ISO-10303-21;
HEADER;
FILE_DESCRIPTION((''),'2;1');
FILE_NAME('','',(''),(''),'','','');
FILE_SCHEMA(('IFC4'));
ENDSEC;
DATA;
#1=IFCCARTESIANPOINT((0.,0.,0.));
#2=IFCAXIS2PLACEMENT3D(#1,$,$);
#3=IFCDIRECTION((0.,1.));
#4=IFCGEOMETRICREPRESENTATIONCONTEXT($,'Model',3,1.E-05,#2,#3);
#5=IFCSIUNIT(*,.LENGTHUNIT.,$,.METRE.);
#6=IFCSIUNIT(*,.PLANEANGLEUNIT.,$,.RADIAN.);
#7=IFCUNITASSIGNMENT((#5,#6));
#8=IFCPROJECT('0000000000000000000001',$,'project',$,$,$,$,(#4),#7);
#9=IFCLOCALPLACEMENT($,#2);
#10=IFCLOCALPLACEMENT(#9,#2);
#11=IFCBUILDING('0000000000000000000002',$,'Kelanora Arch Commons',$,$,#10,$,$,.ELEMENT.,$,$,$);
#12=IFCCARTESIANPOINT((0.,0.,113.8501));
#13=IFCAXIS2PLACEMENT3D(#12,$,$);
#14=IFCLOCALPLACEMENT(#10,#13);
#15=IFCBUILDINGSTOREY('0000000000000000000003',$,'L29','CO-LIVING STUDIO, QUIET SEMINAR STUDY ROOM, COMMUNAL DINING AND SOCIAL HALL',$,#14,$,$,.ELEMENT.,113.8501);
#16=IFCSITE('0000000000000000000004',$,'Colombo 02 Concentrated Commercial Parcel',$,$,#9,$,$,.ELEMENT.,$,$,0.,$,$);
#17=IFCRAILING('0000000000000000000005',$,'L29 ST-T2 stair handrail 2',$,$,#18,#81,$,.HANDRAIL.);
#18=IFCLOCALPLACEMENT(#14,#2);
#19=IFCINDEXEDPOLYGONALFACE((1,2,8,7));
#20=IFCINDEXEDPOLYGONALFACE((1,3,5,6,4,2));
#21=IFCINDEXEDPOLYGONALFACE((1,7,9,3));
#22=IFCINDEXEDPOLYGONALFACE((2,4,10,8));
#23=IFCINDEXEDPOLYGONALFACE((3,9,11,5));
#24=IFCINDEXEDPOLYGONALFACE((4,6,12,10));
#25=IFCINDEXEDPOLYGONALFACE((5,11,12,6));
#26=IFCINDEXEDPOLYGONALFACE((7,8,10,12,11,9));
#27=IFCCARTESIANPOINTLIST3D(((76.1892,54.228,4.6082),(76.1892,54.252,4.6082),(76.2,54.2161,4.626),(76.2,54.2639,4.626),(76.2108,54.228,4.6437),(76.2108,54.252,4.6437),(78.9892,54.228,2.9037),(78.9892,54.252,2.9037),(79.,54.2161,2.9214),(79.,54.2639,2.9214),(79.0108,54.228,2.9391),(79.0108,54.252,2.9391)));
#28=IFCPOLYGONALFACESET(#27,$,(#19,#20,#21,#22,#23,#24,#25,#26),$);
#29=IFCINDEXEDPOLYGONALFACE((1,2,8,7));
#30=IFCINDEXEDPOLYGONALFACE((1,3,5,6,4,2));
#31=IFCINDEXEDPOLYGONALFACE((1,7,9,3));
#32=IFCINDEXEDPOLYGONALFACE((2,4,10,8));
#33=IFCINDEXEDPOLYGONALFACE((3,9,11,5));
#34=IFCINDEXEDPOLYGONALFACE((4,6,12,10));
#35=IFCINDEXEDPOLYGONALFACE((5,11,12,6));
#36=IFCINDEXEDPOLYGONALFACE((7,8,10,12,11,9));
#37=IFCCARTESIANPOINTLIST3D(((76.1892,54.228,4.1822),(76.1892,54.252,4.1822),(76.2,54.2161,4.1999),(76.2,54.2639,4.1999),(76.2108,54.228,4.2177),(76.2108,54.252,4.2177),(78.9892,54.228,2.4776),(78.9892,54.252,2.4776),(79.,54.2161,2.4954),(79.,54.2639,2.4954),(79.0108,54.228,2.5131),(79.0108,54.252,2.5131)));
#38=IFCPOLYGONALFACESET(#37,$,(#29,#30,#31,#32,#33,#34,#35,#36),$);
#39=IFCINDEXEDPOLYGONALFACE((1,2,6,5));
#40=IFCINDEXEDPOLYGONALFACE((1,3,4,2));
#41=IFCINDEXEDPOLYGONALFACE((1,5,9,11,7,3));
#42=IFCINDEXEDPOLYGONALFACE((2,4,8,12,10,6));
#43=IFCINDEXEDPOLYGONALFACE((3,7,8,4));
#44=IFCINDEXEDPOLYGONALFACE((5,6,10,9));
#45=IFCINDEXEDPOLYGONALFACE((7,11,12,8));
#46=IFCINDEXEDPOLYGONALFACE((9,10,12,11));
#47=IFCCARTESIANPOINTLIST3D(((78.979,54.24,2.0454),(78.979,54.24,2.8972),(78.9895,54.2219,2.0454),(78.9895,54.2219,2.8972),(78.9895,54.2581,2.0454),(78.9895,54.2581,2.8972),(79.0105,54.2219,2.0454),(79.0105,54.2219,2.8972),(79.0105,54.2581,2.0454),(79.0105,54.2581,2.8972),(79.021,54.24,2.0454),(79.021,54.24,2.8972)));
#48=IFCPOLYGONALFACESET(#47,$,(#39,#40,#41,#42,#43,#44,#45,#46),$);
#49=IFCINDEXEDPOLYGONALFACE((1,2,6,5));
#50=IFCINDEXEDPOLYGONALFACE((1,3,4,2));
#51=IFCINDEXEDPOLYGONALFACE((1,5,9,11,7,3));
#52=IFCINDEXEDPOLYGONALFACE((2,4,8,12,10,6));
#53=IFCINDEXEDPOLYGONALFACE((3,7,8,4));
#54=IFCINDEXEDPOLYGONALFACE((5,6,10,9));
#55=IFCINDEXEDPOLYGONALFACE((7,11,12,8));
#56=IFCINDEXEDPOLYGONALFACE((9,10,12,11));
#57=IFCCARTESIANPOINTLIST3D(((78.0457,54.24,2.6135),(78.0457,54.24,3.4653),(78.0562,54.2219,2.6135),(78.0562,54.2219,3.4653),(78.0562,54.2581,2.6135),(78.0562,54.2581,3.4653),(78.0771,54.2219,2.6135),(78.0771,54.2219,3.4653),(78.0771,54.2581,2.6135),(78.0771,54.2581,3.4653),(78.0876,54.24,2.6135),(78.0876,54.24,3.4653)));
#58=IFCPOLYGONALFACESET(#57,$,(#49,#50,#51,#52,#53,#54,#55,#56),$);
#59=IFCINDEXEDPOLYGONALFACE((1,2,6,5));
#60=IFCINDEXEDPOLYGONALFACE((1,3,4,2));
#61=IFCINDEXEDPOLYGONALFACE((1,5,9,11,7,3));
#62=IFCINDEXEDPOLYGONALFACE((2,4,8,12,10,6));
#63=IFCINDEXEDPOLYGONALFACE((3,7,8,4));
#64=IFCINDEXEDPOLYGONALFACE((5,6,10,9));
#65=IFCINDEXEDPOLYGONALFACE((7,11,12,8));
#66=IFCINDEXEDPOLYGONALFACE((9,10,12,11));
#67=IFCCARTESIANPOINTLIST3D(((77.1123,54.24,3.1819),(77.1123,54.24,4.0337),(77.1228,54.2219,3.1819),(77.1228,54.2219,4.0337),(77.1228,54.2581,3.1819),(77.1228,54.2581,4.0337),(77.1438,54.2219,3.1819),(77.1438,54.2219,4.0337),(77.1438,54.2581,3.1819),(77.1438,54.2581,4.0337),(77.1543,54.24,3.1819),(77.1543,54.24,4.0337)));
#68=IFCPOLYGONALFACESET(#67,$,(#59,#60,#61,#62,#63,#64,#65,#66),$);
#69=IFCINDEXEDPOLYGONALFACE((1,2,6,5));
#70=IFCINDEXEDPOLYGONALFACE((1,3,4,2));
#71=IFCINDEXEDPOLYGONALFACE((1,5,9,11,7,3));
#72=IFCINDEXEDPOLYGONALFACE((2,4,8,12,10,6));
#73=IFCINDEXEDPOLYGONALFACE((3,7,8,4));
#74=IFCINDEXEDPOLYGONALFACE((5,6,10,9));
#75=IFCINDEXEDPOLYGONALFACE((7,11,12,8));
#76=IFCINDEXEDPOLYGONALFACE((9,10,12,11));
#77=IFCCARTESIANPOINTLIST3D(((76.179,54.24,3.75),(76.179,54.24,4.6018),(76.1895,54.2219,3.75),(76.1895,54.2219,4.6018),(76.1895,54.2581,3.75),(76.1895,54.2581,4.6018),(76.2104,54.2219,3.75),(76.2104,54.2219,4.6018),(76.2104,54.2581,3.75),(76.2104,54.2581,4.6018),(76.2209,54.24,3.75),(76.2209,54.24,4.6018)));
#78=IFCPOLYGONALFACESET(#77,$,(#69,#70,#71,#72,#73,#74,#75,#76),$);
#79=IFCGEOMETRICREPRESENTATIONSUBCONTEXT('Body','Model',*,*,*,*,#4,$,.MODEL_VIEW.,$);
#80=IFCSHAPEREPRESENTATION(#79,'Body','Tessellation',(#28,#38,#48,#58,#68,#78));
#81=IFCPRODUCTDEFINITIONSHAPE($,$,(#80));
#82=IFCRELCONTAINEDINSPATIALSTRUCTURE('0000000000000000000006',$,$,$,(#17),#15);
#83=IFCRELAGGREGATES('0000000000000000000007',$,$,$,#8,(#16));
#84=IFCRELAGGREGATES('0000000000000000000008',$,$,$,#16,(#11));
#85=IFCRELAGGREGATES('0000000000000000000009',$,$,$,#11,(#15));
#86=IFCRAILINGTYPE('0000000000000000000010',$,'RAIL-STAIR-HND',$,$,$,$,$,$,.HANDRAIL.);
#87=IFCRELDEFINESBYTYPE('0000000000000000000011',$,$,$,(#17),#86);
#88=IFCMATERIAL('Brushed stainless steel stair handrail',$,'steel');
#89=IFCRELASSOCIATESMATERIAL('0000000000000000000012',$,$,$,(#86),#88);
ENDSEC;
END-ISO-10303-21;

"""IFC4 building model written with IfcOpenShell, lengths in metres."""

from ifc_helpers import new_model, si_unit, direction, frame, origin, place, context, subcontext, project, spatial, polyline, outline, extrude, material, type_object, element, save


model = new_model("IFC4")

# Units and contexts
model_context = context("Model", 3, precision=1e-05, world=origin(), true_north=direction((0.0, 1.0)))
body_context = subcontext(model_context, "Body", "Model", "MODEL_VIEW")
ifc_project = project(units=[si_unit("LENGTHUNIT", "METRE"), si_unit("PLANEANGLEUNIT", "RADIAN")], contexts=[model_context])

# Site, building, storey
site_placement = place(None, origin())
site = spatial("IfcSite", under=ifc_project, at=site_placement, Name="Colombo 02 Concentrated Commercial Parcel", CompositionType="ELEMENT", RefElevation=0.0)
building_placement = place(site_placement, origin())
building = spatial("IfcBuilding", under=site, at=building_placement, Name="Kelanora Arch Commons", CompositionType="ELEMENT")
storey_placement = place(building_placement, frame((0.0, 0.0, 113.8501)))
storey = spatial("IfcBuildingStorey", under=building, at=storey_placement, Name="L29", Description="CO-LIVING STUDIO, QUIET SEMINAR STUDY ROOM, COMMUNAL DINING AND SOCIAL HALL", CompositionType="ELEMENT", Elevation=113.8501)

# Railing
ifc_material_1 = material(Name="Brushed stainless steel stair handrail", Category="steel")
railing_type_1 = type_object("IfcRailingType", Name="RAIL-STAIR-HND", PredefinedType="HANDRAIL", material=ifc_material_1)
railing_1_placement = place(storey_placement, frame((79.0, 54.24, 2.0454)))
element("IfcRailing", 1, at=railing_1_placement, inside=storey, type_object=railing_type_1, Name="L29 ST-T2 stair handrail 2", PredefinedType="HANDRAIL", context=body_context, shape_type="SweptSolid", body=[
    extrude(outline(polyline([(0.0239, 0.0), (0.012, 0.0208), (-0.012, 0.0208), (-0.0239, 0.0), (-0.012, -0.0208), (0.012, -0.0208), (0.0239, 0.0)])), frame((0.0, 0.0, 0.876), z_axis=(-0.85417, 0.0, 0.519994), x_axis=(0.0, -1.0, 0.0)), (0.0, 0.0, 1.0), 3.2781),
    extrude(outline(polyline([(0.0239, 0.0), (0.012, 0.0208), (-0.012, 0.0208), (-0.0239, 0.0), (-0.012, -0.0208), (0.012, -0.0208), (0.0239, 0.0)])), frame((0.0, 0.0, 0.45), z_axis=(-0.85417, 0.0, 0.519994), x_axis=(0.0, -1.0, 0.0)), (0.0, 0.0, 1.0), 3.2781),
    extrude(outline(polyline([(0.021, 0.0), (0.0105, 0.0181), (-0.0105, 0.0181), (-0.021, 0.0), (-0.0105, -0.0181), (0.0105, -0.0181), (0.021, 0.0)])), origin(), (0.0, 0.0, 1.0), 0.8518),
    extrude(outline(polyline([(0.021, 0.0), (0.0105, 0.0181), (-0.0105, 0.0181), (-0.021, 0.0), (-0.0105, -0.0181), (0.0105, -0.0181), (0.021, 0.0)])), frame((-0.9333, 0.0, 0.5681)), (0.0, 0.0, 1.0), 0.8518),
    extrude(outline(polyline([(0.021, 0.0), (0.0105, 0.0181), (-0.0105, 0.0181), (-0.021, 0.0), (-0.0105, -0.0181), (0.0105, -0.0181), (0.021, 0.0)])), frame((-1.8667, 0.0, 1.1365)), (0.0, 0.0, 1.0), 0.8518),
    extrude(outline(polyline([(0.021, 0.0), (0.0105, 0.0181), (-0.0105, 0.0181), (-0.021, 0.0), (-0.0105, -0.0181), (0.0105, -0.0181), (0.021, 0.0)])), frame((-2.8, 0.0, 1.7046)), (0.0, 0.0, 1.0), 0.8518),
])

save(model, "model.ifc")
